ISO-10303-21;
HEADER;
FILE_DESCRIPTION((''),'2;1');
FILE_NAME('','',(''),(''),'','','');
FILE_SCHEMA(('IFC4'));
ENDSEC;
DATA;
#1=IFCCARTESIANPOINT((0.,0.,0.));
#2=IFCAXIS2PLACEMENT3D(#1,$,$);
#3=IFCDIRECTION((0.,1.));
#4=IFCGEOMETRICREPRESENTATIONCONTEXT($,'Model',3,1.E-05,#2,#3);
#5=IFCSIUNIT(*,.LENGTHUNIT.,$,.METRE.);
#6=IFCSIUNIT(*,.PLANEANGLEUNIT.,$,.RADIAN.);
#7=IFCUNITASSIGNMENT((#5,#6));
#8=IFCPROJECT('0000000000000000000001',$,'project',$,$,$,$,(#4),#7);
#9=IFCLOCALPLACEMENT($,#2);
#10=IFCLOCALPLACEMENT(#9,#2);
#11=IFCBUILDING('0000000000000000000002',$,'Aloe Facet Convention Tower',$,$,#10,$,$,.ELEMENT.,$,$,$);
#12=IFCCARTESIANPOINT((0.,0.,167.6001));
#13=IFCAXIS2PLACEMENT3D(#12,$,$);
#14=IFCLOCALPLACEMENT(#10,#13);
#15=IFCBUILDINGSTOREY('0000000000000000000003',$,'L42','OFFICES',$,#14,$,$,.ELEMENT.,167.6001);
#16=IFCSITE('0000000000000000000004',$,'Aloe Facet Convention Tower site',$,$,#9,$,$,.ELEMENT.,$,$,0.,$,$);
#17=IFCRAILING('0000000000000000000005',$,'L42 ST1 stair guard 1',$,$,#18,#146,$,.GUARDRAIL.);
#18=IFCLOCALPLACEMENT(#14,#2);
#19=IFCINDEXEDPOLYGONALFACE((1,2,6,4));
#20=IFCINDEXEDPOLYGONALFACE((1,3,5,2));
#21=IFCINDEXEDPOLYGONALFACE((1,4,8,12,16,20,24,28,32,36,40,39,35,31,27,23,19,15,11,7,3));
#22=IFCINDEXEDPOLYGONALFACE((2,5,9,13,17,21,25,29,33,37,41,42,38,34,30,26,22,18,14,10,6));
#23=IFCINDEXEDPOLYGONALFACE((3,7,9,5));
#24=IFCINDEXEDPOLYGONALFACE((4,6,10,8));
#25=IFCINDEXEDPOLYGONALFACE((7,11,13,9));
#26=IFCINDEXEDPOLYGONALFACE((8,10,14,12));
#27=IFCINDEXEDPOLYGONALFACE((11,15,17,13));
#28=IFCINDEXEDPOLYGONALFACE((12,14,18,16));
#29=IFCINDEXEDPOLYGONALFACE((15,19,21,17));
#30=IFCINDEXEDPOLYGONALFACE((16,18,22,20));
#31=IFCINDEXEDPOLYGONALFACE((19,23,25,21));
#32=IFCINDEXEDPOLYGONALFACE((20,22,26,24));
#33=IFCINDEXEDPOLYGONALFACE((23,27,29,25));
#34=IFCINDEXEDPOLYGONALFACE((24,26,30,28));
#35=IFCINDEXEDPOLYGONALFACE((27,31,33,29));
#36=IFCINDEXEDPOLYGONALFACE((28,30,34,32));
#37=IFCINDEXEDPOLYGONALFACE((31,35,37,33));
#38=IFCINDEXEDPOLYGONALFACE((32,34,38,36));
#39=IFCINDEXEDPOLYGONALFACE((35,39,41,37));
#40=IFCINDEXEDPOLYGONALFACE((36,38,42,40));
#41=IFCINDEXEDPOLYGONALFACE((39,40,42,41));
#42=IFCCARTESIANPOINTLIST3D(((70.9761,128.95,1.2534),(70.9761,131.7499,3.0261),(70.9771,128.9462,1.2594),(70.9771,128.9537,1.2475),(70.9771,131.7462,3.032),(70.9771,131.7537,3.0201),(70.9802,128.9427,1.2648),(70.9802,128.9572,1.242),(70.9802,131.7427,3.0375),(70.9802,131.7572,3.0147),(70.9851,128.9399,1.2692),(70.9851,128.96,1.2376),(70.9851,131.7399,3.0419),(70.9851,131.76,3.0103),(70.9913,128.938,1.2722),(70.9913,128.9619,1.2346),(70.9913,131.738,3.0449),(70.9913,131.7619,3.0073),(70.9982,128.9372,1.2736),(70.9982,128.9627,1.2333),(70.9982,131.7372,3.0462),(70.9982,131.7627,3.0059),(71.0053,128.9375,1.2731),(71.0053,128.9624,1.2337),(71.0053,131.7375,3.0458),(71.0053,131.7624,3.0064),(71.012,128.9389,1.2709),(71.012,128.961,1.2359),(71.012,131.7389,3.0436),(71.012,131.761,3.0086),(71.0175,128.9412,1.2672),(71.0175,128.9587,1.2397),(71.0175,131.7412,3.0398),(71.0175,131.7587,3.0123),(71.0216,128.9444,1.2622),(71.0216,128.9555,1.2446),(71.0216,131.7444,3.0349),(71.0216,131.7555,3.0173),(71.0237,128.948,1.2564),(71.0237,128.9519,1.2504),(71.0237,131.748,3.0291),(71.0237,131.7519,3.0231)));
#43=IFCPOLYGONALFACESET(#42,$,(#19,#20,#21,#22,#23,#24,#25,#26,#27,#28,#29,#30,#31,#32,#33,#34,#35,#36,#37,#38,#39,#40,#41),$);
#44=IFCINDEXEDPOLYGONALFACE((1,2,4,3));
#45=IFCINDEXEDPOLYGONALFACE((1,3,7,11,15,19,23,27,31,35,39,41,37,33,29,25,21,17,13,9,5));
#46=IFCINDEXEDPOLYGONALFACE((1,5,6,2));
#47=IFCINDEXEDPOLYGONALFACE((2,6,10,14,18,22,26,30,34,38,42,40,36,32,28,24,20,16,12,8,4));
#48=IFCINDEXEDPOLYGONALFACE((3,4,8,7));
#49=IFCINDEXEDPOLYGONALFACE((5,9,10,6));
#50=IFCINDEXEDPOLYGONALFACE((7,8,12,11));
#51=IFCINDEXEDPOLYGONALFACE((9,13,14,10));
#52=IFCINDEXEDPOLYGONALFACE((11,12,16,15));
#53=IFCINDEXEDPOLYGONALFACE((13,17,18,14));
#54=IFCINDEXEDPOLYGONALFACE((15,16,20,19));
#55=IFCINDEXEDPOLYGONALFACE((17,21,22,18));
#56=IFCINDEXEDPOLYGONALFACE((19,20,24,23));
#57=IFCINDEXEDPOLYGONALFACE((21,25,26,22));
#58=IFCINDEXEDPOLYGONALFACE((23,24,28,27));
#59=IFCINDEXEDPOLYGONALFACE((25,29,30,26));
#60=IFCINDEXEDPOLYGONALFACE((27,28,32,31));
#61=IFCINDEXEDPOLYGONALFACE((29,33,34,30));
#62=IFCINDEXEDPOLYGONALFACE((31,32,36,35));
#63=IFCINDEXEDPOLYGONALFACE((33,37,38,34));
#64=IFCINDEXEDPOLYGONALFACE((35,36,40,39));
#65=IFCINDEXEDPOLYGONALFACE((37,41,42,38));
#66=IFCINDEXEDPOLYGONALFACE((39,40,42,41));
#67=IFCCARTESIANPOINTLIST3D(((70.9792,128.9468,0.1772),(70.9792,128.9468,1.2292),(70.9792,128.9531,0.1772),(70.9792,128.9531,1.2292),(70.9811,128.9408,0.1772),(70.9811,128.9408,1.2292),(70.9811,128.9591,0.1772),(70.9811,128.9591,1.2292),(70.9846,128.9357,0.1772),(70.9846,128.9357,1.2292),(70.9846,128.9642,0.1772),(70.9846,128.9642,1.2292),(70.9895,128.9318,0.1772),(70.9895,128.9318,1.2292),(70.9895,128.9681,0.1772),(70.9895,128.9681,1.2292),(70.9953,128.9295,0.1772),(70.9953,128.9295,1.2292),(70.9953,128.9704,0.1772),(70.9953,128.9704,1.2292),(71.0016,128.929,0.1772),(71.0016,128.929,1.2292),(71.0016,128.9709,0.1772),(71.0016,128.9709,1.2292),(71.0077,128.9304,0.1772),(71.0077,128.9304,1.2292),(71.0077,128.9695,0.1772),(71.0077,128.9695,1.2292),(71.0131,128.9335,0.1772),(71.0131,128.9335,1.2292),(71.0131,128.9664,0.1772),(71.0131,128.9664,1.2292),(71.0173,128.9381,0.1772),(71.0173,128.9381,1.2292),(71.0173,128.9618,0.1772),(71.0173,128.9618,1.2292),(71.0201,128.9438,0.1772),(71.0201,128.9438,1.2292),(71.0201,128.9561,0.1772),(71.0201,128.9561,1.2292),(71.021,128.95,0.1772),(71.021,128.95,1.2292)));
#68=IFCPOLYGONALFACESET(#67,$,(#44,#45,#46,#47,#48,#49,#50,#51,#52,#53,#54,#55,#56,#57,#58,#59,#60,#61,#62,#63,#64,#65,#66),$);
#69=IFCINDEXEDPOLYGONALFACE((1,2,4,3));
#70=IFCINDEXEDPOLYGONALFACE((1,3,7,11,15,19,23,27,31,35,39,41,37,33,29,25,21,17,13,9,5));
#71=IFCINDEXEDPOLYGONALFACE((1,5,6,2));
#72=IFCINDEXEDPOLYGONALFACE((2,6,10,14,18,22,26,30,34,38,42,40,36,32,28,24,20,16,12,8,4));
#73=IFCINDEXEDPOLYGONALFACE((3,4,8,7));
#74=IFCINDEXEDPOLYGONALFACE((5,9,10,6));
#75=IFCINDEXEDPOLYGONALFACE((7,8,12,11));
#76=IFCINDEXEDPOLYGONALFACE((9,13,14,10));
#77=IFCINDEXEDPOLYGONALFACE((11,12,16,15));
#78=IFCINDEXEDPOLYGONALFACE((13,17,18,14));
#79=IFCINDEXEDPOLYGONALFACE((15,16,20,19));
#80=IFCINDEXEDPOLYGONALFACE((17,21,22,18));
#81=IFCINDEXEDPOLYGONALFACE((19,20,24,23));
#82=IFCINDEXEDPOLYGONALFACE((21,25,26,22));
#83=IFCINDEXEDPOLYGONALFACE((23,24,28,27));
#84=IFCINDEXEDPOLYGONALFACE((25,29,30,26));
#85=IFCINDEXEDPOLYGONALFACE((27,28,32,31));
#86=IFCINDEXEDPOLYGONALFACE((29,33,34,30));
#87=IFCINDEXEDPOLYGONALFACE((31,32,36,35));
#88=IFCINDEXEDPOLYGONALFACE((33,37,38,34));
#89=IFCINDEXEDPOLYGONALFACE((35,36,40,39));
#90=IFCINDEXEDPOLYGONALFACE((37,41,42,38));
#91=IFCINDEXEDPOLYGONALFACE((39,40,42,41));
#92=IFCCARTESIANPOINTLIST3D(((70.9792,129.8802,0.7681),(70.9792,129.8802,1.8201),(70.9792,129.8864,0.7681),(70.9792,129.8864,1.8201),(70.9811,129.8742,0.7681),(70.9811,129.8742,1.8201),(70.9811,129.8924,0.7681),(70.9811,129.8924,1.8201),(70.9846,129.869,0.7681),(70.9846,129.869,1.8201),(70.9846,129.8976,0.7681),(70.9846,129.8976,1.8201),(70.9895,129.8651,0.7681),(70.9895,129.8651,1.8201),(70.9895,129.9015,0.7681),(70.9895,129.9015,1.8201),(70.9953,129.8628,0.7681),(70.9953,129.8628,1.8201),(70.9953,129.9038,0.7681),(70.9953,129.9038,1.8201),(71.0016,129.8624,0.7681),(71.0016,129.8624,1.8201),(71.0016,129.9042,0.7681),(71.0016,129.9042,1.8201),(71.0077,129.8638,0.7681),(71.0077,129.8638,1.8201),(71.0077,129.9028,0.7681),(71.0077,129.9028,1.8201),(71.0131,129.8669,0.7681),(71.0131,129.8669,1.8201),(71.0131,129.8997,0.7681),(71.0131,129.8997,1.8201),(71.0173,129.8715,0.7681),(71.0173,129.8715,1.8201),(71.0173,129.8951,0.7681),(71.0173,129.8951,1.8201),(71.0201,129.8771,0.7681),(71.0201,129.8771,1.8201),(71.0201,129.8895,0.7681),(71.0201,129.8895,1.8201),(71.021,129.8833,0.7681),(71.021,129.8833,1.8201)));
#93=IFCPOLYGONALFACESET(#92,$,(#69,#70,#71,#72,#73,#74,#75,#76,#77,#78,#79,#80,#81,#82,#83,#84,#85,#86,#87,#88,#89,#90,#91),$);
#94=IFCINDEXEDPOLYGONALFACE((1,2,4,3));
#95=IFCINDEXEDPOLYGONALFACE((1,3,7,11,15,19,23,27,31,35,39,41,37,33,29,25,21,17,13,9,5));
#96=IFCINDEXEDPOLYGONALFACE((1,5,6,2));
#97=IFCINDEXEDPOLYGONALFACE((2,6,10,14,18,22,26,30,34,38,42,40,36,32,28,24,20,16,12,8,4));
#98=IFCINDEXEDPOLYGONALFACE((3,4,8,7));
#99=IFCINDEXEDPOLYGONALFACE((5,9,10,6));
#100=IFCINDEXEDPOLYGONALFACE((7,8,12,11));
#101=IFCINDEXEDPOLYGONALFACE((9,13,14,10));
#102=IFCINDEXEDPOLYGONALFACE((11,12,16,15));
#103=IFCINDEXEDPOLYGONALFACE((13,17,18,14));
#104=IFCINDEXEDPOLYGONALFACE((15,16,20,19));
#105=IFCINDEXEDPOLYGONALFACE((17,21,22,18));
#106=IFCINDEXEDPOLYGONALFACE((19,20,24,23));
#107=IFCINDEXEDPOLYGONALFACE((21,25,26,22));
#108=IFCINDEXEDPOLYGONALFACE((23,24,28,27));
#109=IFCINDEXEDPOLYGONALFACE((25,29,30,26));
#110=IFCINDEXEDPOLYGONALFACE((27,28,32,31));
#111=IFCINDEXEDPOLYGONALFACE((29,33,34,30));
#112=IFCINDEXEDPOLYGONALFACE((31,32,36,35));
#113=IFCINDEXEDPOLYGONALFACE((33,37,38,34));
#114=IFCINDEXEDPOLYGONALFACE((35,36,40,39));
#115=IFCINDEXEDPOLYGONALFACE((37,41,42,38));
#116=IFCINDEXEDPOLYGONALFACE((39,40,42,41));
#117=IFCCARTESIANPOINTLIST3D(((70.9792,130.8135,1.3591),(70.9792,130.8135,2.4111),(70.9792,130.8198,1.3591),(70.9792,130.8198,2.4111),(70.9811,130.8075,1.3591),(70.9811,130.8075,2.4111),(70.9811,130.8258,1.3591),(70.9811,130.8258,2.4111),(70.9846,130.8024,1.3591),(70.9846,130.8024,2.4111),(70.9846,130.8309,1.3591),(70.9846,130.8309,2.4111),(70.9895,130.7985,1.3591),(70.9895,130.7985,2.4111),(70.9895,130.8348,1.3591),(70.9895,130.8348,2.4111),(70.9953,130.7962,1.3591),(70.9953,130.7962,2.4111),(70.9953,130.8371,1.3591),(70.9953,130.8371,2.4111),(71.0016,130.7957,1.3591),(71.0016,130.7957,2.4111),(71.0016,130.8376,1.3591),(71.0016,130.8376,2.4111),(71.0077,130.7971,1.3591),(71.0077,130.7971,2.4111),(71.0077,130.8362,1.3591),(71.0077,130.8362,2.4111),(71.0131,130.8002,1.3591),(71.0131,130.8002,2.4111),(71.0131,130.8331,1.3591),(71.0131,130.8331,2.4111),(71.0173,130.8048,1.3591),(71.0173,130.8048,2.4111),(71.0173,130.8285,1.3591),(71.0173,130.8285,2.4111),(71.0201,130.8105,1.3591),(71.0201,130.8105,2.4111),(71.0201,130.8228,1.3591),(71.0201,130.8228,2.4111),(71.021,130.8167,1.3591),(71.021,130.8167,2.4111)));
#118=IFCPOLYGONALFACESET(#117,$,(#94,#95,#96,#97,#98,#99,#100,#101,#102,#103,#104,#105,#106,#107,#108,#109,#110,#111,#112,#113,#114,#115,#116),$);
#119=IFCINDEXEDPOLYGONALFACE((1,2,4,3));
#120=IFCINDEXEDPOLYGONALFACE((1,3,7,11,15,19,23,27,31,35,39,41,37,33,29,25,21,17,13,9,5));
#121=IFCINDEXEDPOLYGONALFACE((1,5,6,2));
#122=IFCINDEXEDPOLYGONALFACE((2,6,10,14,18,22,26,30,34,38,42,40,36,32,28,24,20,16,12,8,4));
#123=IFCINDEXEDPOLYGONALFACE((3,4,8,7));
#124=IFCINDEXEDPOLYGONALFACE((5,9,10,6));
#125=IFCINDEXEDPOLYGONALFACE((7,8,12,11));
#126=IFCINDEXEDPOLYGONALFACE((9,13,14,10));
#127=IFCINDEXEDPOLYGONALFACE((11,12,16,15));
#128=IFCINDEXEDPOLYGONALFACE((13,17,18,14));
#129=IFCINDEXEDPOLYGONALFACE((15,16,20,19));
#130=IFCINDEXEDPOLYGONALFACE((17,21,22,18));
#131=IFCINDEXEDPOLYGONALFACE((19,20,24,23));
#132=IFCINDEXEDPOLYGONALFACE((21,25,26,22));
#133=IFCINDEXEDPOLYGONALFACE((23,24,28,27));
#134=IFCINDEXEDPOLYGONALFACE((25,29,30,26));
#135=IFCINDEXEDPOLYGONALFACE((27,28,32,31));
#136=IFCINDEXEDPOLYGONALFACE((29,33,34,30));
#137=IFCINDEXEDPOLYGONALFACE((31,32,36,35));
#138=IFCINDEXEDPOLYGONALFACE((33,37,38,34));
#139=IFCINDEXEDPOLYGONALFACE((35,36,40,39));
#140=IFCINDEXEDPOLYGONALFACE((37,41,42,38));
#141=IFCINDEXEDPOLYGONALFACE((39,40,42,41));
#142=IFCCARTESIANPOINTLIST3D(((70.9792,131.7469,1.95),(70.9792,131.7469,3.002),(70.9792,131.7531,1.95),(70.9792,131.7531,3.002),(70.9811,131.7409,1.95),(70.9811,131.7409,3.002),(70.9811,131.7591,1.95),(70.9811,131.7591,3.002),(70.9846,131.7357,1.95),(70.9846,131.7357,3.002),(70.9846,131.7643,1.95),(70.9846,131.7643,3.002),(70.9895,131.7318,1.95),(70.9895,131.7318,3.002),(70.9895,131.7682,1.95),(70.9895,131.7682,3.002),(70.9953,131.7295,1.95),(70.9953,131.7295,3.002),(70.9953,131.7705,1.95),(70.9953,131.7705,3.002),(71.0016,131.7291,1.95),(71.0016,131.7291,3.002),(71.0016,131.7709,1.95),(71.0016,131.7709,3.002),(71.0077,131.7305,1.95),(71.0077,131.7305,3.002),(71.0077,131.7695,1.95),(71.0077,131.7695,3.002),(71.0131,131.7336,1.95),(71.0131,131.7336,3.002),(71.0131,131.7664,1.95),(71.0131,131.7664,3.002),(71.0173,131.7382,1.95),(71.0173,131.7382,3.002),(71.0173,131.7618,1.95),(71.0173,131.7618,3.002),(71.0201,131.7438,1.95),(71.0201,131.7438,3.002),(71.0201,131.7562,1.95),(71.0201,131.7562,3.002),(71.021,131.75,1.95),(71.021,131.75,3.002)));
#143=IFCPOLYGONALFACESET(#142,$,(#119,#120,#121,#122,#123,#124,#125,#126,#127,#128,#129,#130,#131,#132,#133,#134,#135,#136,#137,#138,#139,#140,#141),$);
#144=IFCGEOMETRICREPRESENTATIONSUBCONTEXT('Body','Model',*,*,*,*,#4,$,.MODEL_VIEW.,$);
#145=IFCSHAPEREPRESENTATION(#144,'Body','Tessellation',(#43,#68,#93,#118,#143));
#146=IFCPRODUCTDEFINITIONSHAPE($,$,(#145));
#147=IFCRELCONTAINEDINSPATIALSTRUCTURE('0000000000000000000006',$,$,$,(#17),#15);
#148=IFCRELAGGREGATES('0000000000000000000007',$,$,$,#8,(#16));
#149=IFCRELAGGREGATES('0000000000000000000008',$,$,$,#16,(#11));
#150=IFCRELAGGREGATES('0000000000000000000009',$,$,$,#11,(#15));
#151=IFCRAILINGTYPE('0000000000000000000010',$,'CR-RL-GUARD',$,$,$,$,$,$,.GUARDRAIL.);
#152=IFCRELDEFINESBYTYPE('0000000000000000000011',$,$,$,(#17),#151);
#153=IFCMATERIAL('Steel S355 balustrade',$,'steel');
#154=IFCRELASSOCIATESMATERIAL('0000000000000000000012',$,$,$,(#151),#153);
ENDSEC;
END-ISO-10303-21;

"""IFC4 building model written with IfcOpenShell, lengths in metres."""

from ifc_helpers import new_model, si_unit, direction, frame, origin, origin_2d, place, context, subcontext, project, spatial, circle, extrude, material, type_object, element, save


model = new_model("IFC4")

# Units and contexts
model_context = context("Model", 3, precision=1e-05, world=origin(), true_north=direction((0.0, 1.0)))
body_context = subcontext(model_context, "Body", "Model", "MODEL_VIEW")
ifc_project = project(units=[si_unit("LENGTHUNIT", "METRE"), si_unit("PLANEANGLEUNIT", "RADIAN")], contexts=[model_context])

# Site, building, storey
site_placement = place(None, origin())
site = spatial("IfcSite", under=ifc_project, at=site_placement, Name="Aloe Facet Convention Tower site", CompositionType="ELEMENT", RefElevation=0.0)
building_placement = place(site_placement, origin())
building = spatial("IfcBuilding", under=site, at=building_placement, Name="Aloe Facet Convention Tower", CompositionType="ELEMENT")
storey_placement = place(building_placement, frame((0.0, 0.0, 167.6001)))
storey = spatial("IfcBuildingStorey", under=building, at=storey_placement, Name="L42", Description="OFFICES", CompositionType="ELEMENT", Elevation=167.6001)

# Railing
ifc_material_1 = material(Name="Steel S355 balustrade", Category="steel")
railing_type_1 = type_object("IfcRailingType", Name="CR-RL-GUARD", PredefinedType="GUARDRAIL", material=ifc_material_1)
railing_1_placement = place(storey_placement, frame((71.0, 128.95, 0.1772)))
element("IfcRailing", 1, at=railing_1_placement, inside=storey, type_object=railing_type_1, Name="L42 ST1 stair guard 1", PredefinedType="GUARDRAIL", context=body_context, shape_type="SweptSolid", body=[
    extrude(circle(Radius=0.0239, at=origin_2d()), frame((0.0, 0.0, 1.0762), z_axis=(0.0, 0.844909, 0.53491), x_axis=(-1.0, 0.0, 0.0)), (0.0, 0.0, 1.0), 3.314),
    extrude(circle(Radius=0.021, at=origin_2d()), origin(), (0.0, 0.0, 1.0), 1.052),
    extrude(circle(Radius=0.021, at=origin_2d()), frame((0.0, 0.9333, 0.5908)), (0.0, 0.0, 1.0), 1.052),
    extrude(circle(Radius=0.021, at=origin_2d()), frame((0.0, 1.8667, 1.1819)), (0.0, 0.0, 1.0), 1.052),
    extrude(circle(Radius=0.021, at=origin_2d()), frame((0.0, 2.8, 1.7727)), (0.0, 0.0, 1.0), 1.052),
])

save(model, "model.ifc")
